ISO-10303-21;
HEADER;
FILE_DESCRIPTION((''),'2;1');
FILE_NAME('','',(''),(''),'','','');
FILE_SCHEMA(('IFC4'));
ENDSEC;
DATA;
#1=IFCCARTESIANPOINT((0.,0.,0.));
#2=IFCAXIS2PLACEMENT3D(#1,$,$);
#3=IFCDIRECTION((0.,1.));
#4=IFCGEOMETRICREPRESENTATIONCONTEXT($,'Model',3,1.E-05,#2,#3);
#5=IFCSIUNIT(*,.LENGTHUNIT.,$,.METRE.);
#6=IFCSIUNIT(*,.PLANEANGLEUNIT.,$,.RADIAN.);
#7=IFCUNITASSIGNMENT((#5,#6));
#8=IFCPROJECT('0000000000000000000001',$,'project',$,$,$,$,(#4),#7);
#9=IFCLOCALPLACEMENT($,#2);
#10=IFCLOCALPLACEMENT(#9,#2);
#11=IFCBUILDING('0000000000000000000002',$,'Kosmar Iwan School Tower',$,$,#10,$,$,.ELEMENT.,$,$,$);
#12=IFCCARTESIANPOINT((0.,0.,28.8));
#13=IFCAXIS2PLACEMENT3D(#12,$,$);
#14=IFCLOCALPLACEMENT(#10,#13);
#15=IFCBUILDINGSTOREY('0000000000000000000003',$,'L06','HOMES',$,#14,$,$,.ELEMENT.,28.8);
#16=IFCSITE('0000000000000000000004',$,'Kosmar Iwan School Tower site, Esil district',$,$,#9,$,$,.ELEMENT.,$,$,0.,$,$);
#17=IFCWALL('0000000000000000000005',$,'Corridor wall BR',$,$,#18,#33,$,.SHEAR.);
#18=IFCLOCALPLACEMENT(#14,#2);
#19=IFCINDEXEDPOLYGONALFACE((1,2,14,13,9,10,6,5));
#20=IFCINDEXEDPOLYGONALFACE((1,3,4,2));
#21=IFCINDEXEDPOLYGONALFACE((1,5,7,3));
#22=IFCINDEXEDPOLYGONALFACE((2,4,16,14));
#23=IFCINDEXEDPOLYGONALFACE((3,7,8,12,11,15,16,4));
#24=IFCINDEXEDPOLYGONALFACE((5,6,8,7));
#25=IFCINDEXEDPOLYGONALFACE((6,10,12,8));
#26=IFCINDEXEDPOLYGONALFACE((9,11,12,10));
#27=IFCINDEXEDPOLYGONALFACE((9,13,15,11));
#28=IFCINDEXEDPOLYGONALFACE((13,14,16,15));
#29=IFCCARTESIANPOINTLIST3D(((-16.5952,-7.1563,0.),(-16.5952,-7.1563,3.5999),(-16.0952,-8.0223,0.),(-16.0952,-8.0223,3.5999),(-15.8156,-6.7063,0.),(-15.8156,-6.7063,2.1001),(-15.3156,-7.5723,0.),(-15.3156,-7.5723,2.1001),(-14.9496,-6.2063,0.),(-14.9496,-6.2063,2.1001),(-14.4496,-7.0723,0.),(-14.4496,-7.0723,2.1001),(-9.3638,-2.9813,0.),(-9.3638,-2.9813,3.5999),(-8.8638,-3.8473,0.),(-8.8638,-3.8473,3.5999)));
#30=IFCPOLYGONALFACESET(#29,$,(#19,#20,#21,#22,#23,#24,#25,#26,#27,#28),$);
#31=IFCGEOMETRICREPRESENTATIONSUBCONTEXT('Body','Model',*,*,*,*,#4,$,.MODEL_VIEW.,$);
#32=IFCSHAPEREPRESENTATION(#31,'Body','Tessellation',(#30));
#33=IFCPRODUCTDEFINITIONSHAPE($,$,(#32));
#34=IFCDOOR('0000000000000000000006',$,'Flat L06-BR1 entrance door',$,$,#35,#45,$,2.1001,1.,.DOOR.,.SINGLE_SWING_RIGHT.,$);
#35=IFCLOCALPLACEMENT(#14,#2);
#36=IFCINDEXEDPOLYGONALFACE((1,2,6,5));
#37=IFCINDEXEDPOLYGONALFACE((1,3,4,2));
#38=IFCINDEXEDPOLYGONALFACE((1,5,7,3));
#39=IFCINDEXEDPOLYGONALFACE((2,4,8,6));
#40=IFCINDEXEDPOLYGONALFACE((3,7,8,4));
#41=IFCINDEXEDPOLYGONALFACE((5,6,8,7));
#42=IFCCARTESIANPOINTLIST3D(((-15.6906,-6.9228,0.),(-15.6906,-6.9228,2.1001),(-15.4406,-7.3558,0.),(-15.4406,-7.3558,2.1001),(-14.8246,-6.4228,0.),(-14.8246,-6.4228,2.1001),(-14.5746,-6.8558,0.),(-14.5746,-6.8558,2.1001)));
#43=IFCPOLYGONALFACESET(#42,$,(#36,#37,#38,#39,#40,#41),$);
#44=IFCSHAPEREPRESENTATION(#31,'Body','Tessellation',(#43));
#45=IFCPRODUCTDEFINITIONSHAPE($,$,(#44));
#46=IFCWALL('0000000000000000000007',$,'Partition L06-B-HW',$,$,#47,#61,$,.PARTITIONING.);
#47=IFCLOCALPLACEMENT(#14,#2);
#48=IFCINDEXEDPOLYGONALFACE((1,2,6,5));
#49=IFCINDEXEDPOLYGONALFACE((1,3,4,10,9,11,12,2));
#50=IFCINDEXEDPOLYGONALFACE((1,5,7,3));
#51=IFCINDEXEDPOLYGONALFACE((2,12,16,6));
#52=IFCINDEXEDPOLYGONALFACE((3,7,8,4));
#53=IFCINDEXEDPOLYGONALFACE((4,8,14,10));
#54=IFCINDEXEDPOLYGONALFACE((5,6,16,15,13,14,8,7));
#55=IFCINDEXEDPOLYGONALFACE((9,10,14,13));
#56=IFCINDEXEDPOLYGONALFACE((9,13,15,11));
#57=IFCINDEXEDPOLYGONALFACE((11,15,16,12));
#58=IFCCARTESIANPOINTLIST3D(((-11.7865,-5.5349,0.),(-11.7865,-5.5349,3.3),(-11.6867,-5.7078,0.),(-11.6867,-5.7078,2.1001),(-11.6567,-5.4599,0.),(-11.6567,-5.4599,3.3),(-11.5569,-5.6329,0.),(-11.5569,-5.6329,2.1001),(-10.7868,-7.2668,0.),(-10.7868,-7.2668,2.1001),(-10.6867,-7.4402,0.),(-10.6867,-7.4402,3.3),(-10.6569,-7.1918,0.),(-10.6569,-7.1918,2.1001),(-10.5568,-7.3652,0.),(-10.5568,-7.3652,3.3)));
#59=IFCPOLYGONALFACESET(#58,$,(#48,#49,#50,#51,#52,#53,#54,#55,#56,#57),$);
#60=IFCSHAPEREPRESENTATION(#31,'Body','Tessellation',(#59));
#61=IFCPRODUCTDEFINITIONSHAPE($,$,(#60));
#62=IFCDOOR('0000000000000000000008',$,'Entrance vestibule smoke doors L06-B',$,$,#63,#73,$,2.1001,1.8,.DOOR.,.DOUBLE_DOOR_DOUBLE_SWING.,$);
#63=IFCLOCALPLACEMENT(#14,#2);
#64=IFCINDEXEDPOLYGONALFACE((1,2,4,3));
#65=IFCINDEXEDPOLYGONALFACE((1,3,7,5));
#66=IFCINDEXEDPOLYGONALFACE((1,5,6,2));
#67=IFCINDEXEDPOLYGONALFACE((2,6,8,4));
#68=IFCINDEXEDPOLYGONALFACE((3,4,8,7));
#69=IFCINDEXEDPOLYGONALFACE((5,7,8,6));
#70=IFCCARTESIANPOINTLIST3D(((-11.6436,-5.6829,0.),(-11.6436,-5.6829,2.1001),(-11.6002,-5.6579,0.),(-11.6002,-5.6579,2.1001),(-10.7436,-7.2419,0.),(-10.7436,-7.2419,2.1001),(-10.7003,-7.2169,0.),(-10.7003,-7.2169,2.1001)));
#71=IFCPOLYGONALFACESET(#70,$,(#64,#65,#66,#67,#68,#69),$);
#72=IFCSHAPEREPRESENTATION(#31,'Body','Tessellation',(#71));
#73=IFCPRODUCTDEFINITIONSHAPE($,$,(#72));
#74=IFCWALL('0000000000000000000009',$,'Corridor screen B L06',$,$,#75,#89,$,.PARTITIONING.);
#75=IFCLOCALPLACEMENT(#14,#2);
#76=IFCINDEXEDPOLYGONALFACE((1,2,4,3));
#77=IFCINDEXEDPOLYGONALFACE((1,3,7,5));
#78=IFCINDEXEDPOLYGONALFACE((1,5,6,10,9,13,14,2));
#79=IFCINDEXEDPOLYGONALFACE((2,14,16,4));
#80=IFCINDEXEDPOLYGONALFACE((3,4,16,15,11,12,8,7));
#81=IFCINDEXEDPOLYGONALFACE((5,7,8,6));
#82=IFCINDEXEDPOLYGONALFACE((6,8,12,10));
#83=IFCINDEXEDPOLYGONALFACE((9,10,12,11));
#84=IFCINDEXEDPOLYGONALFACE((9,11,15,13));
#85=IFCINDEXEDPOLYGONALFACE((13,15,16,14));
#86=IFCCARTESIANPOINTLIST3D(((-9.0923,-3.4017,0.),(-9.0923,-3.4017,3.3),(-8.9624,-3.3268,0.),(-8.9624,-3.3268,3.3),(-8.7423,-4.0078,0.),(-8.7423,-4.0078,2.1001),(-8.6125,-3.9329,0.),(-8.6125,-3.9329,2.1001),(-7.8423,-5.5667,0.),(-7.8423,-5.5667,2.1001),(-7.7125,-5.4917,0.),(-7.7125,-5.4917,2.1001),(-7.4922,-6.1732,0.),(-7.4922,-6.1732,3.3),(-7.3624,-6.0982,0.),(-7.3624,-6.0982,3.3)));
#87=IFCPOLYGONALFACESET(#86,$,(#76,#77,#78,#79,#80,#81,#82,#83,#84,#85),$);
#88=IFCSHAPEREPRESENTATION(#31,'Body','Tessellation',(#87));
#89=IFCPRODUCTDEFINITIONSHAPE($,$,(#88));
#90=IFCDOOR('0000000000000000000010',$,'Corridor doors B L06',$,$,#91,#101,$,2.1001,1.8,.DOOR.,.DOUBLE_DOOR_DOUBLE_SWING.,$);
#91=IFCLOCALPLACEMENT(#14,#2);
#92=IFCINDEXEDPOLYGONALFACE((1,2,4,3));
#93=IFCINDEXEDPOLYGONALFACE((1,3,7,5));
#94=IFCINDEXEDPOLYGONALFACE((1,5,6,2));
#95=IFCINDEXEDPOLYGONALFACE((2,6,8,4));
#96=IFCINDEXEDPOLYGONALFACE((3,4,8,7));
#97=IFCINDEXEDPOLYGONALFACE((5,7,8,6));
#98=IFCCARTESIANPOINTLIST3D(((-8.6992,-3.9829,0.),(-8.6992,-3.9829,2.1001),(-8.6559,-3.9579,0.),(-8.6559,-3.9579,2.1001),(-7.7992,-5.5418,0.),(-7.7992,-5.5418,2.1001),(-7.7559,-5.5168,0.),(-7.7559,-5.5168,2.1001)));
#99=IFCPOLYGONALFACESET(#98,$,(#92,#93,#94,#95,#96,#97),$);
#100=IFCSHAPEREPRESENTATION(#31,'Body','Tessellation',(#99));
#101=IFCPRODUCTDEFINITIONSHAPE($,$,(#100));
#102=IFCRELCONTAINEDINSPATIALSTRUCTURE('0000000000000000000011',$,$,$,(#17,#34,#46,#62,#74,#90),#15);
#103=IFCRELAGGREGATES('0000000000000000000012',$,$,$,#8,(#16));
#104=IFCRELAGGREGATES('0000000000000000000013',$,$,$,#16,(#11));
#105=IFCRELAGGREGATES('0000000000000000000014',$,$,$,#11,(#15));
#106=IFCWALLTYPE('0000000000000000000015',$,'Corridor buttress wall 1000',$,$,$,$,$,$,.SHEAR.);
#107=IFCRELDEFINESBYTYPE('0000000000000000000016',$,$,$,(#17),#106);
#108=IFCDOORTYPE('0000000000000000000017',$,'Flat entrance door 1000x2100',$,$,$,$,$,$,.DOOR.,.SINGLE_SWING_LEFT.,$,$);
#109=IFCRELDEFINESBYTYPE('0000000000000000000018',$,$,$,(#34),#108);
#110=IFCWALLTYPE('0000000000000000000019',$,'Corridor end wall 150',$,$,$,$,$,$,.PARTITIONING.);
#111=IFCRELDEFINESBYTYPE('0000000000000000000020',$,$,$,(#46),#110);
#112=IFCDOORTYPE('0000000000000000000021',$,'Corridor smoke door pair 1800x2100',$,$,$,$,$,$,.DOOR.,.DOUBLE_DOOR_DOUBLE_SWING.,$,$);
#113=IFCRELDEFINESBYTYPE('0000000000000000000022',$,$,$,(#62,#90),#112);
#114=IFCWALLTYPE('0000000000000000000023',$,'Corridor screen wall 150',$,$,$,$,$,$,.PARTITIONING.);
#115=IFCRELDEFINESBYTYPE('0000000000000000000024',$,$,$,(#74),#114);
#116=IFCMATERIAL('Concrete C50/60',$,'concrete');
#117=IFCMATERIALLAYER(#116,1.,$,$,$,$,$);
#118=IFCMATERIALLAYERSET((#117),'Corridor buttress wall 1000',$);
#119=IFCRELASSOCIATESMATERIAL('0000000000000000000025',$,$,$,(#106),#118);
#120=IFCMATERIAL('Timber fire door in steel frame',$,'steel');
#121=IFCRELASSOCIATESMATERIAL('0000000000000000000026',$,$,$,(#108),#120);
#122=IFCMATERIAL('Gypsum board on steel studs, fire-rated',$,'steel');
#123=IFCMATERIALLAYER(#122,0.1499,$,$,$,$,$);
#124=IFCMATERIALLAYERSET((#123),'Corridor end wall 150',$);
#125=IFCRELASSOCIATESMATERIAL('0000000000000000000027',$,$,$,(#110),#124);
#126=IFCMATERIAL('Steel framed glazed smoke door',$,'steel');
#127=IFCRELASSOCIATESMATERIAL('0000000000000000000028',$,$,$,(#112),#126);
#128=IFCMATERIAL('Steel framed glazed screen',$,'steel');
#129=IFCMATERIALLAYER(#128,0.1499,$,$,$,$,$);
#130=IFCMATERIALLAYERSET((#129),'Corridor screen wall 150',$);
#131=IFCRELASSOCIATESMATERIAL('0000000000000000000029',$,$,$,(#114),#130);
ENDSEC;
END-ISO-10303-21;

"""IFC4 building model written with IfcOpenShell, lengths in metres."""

from ifc_helpers import new_model, si_unit, direction, frame, frame_2d, origin, place, context, subcontext, project, spatial, rectangle, extrude, material, layer, layer_set, type_object, element, fill, save


model = new_model("IFC4")

# Units and contexts
model_context = context("Model", 3, precision=1e-05, world=origin(), true_north=direction((0.0, 1.0)))
body_context = subcontext(model_context, "Body", "Model", "MODEL_VIEW")
ifc_project = project(units=[si_unit("LENGTHUNIT", "METRE"), si_unit("PLANEANGLEUNIT", "RADIAN")], contexts=[model_context])

# Site, building, storey
site_placement = place(None, origin())
site = spatial("IfcSite", under=ifc_project, at=site_placement, Name="Kosmar Iwan School Tower site, Esil district", CompositionType="ELEMENT", RefElevation=0.0)
building_placement = place(site_placement, origin())
building = spatial("IfcBuilding", under=site, at=building_placement, Name="Kosmar Iwan School Tower", CompositionType="ELEMENT")
storey_placement = place(building_placement, frame((0.0, 0.0, 28.8)))
storey = spatial("IfcBuildingStorey", under=building, at=storey_placement, Name="L06", Description="HOMES", CompositionType="ELEMENT", Elevation=28.8)

# Walls, openings, doors
ifc_material_1 = material(Name="Concrete C50/60", Category="concrete")
ifc_layer_1 = layer(ifc_material_1, 1.0)
ifc_layer_set_1 = layer_set([ifc_layer_1], Name="Corridor buttress wall 1000")
wall_type_1 = type_object("IfcWallType", Name="Corridor buttress wall 1000", PredefinedType="SHEAR", material=ifc_layer_set_1)
wall_1_placement = place(storey_placement, frame((-9.1138, -3.4143, 0.0), z_axis=(0.0, 0.0, 1.0), x_axis=(-0.866027, -0.499997, 0.0)))
wall_1 = element("IfcWall", 1, at=wall_1_placement, inside=storey, type_object=wall_type_1, Name="Corridor wall BR", PredefinedType="SHEAR", context=body_context, shape_type="SweptSolid", body=[
    extrude(rectangle(XDim=8.3501, YDim=1.0, at=frame_2d((4.175, 0.0))), origin(), (0.0, 0.0, 1.0), 3.5999),
])
opening_1_placement = place(wall_1_placement, frame((6.45, 0.0, 0.0)))
opening_1 = element("IfcOpeningElement", 2, at=opening_1_placement, cuts=wall_1, PredefinedType="OPENING", context=body_context, shape_type="SweptSolid", body=[
    extrude(rectangle(XDim=1.0, YDim=2.1001, at=frame_2d((0.5, 1.05))), frame((0.0, 0.512, 0.0), z_axis=(0.0, -1.0, 0.0), x_axis=(1.0, 0.0, 0.0)), (0.0, 0.0, 1.0), 1.0239),
])
ifc_material_2 = material(Name="Timber fire door in steel frame", Category="steel")
door_type_1 = type_object("IfcDoorType", Name="Flat entrance door 1000x2100", OperationType="SINGLE_SWING_LEFT", PredefinedType="DOOR", material=ifc_material_2)
door_1_placement = place(opening_1_placement, origin())
door_1 = element("IfcDoor", 3, at=door_1_placement, inside=storey, type_object=door_type_1, Name="Flat L06-BR1 entrance door", OperationType="SINGLE_SWING_RIGHT", OverallHeight=2.1001, OverallWidth=1.0, PredefinedType="DOOR", context=body_context, shape_type="SweptSolid", body=[
    extrude(rectangle(XDim=1.0, YDim=2.1001, at=frame_2d((0.5, 1.05))), frame((0.0, 0.25, 0.0), z_axis=(0.0, -1.0, 0.0), x_axis=(1.0, 0.0, 0.0)), (0.0, 0.0, 1.0), 0.5),
])
fill(opening_1, door_1)
ifc_material_3 = material(Name="Gypsum board on steel studs, fire-rated", Category="steel")
ifc_layer_2 = layer(ifc_material_3, 0.1499)
ifc_layer_set_2 = layer_set([ifc_layer_2], Name="Corridor end wall 150")
wall_type_2 = type_object("IfcWallType", Name="Corridor end wall 150", PredefinedType="PARTITIONING", material=ifc_layer_set_2)
wall_2_placement = place(storey_placement, frame((-11.7217, -5.4973, 0.0), z_axis=(0.0, 0.0, 1.0), x_axis=(0.499947, -0.866056, 0.0)))
wall_2 = element("IfcWall", 4, at=wall_2_placement, inside=storey, type_object=wall_type_2, Name="Partition L06-B-HW", PredefinedType="PARTITIONING", context=body_context, shape_type="SweptSolid", body=[
    extrude(rectangle(XDim=2.2, YDim=0.1499, at=frame_2d((1.1001, 0.0))), origin(), (0.0, 0.0, 1.0), 3.3),
])
opening_2_placement = place(wall_2_placement, frame((0.2, 0.0, 0.0)))
opening_2 = element("IfcOpeningElement", 5, at=opening_2_placement, cuts=wall_2, PredefinedType="OPENING", context=body_context, shape_type="SweptSolid", body=[
    extrude(rectangle(XDim=1.8, YDim=2.1001, at=frame_2d((0.8999, 1.05))), frame((0.0, 0.0869, 0.0), z_axis=(0.0, -1.0, 0.0), x_axis=(1.0, 0.0, 0.0)), (0.0, 0.0, 1.0), 0.1738),
])
ifc_material_4 = material(Name="Steel framed glazed smoke door", Category="steel")
door_type_2 = type_object("IfcDoorType", Name="Corridor smoke door pair 1800x2100", OperationType="DOUBLE_DOOR_DOUBLE_SWING", PredefinedType="DOOR", material=ifc_material_4)
door_2_placement = place(opening_2_placement, origin())
door_2 = element("IfcDoor", 6, at=door_2_placement, inside=storey, type_object=door_type_2, Name="Entrance vestibule smoke doors L06-B", OperationType="DOUBLE_DOOR_DOUBLE_SWING", OverallHeight=2.1001, OverallWidth=1.8, PredefinedType="DOOR", context=body_context, shape_type="SweptSolid", body=[
    extrude(rectangle(XDim=1.8, YDim=2.1001, at=frame_2d((0.8999, 1.05))), frame((0.0, 0.0249, 0.0), z_axis=(0.0, -1.0, 0.0), x_axis=(1.0, 0.0, 0.0)), (0.0, 0.0, 1.0), 0.05),
])
fill(opening_2, door_2)
ifc_material_5 = material(Name="Steel framed glazed screen", Category="steel")
ifc_layer_3 = layer(ifc_material_5, 0.1499)
ifc_layer_set_3 = layer_set([ifc_layer_3], Name="Corridor screen wall 150")
wall_type_3 = type_object("IfcWallType", Name="Corridor screen wall 150", PredefinedType="PARTITIONING", material=ifc_layer_set_3)
wall_3_placement = place(storey_placement, frame((-9.0273, -3.3643, 0.0), z_axis=(0.0, 0.0, 1.0), x_axis=(0.499995, -0.866028, 0.0)))
wall_3 = element("IfcWall", 7, at=wall_3_placement, inside=storey, type_object=wall_type_3, Name="Corridor screen B L06", PredefinedType="PARTITIONING", context=body_context, shape_type="SweptSolid", body=[
    extrude(rectangle(XDim=3.2002, YDim=0.1499, at=frame_2d((1.6001, 0.0))), origin(), (0.0, 0.0, 1.0), 3.3),
])
opening_3_placement = place(wall_3_placement, frame((0.7, 0.0, 0.0)))
opening_3 = element("IfcOpeningElement", 8, at=opening_3_placement, cuts=wall_3, PredefinedType="OPENING", context=body_context, shape_type="SweptSolid", body=[
    extrude(rectangle(XDim=1.8, YDim=2.1001, at=frame_2d((0.8999, 1.05))), frame((0.0, 0.0869, 0.0), z_axis=(0.0, -1.0, 0.0), x_axis=(1.0, 0.0, 0.0)), (0.0, 0.0, 1.0), 0.1738),
])
door_3_placement = place(opening_3_placement, origin())
door_3 = element("IfcDoor", 9, at=door_3_placement, inside=storey, type_object=door_type_2, Name="Corridor doors B L06", OperationType="DOUBLE_DOOR_DOUBLE_SWING", OverallHeight=2.1001, OverallWidth=1.8, PredefinedType="DOOR", context=body_context, shape_type="SweptSolid", body=[
    extrude(rectangle(XDim=1.8, YDim=2.1001, at=frame_2d((0.8999, 1.05))), frame((0.0, 0.0249, 0.0), z_axis=(0.0, -1.0, 0.0), x_axis=(1.0, 0.0, 0.0)), (0.0, 0.0, 1.0), 0.05),
])
fill(opening_3, door_3)

save(model, "model.ifc")
